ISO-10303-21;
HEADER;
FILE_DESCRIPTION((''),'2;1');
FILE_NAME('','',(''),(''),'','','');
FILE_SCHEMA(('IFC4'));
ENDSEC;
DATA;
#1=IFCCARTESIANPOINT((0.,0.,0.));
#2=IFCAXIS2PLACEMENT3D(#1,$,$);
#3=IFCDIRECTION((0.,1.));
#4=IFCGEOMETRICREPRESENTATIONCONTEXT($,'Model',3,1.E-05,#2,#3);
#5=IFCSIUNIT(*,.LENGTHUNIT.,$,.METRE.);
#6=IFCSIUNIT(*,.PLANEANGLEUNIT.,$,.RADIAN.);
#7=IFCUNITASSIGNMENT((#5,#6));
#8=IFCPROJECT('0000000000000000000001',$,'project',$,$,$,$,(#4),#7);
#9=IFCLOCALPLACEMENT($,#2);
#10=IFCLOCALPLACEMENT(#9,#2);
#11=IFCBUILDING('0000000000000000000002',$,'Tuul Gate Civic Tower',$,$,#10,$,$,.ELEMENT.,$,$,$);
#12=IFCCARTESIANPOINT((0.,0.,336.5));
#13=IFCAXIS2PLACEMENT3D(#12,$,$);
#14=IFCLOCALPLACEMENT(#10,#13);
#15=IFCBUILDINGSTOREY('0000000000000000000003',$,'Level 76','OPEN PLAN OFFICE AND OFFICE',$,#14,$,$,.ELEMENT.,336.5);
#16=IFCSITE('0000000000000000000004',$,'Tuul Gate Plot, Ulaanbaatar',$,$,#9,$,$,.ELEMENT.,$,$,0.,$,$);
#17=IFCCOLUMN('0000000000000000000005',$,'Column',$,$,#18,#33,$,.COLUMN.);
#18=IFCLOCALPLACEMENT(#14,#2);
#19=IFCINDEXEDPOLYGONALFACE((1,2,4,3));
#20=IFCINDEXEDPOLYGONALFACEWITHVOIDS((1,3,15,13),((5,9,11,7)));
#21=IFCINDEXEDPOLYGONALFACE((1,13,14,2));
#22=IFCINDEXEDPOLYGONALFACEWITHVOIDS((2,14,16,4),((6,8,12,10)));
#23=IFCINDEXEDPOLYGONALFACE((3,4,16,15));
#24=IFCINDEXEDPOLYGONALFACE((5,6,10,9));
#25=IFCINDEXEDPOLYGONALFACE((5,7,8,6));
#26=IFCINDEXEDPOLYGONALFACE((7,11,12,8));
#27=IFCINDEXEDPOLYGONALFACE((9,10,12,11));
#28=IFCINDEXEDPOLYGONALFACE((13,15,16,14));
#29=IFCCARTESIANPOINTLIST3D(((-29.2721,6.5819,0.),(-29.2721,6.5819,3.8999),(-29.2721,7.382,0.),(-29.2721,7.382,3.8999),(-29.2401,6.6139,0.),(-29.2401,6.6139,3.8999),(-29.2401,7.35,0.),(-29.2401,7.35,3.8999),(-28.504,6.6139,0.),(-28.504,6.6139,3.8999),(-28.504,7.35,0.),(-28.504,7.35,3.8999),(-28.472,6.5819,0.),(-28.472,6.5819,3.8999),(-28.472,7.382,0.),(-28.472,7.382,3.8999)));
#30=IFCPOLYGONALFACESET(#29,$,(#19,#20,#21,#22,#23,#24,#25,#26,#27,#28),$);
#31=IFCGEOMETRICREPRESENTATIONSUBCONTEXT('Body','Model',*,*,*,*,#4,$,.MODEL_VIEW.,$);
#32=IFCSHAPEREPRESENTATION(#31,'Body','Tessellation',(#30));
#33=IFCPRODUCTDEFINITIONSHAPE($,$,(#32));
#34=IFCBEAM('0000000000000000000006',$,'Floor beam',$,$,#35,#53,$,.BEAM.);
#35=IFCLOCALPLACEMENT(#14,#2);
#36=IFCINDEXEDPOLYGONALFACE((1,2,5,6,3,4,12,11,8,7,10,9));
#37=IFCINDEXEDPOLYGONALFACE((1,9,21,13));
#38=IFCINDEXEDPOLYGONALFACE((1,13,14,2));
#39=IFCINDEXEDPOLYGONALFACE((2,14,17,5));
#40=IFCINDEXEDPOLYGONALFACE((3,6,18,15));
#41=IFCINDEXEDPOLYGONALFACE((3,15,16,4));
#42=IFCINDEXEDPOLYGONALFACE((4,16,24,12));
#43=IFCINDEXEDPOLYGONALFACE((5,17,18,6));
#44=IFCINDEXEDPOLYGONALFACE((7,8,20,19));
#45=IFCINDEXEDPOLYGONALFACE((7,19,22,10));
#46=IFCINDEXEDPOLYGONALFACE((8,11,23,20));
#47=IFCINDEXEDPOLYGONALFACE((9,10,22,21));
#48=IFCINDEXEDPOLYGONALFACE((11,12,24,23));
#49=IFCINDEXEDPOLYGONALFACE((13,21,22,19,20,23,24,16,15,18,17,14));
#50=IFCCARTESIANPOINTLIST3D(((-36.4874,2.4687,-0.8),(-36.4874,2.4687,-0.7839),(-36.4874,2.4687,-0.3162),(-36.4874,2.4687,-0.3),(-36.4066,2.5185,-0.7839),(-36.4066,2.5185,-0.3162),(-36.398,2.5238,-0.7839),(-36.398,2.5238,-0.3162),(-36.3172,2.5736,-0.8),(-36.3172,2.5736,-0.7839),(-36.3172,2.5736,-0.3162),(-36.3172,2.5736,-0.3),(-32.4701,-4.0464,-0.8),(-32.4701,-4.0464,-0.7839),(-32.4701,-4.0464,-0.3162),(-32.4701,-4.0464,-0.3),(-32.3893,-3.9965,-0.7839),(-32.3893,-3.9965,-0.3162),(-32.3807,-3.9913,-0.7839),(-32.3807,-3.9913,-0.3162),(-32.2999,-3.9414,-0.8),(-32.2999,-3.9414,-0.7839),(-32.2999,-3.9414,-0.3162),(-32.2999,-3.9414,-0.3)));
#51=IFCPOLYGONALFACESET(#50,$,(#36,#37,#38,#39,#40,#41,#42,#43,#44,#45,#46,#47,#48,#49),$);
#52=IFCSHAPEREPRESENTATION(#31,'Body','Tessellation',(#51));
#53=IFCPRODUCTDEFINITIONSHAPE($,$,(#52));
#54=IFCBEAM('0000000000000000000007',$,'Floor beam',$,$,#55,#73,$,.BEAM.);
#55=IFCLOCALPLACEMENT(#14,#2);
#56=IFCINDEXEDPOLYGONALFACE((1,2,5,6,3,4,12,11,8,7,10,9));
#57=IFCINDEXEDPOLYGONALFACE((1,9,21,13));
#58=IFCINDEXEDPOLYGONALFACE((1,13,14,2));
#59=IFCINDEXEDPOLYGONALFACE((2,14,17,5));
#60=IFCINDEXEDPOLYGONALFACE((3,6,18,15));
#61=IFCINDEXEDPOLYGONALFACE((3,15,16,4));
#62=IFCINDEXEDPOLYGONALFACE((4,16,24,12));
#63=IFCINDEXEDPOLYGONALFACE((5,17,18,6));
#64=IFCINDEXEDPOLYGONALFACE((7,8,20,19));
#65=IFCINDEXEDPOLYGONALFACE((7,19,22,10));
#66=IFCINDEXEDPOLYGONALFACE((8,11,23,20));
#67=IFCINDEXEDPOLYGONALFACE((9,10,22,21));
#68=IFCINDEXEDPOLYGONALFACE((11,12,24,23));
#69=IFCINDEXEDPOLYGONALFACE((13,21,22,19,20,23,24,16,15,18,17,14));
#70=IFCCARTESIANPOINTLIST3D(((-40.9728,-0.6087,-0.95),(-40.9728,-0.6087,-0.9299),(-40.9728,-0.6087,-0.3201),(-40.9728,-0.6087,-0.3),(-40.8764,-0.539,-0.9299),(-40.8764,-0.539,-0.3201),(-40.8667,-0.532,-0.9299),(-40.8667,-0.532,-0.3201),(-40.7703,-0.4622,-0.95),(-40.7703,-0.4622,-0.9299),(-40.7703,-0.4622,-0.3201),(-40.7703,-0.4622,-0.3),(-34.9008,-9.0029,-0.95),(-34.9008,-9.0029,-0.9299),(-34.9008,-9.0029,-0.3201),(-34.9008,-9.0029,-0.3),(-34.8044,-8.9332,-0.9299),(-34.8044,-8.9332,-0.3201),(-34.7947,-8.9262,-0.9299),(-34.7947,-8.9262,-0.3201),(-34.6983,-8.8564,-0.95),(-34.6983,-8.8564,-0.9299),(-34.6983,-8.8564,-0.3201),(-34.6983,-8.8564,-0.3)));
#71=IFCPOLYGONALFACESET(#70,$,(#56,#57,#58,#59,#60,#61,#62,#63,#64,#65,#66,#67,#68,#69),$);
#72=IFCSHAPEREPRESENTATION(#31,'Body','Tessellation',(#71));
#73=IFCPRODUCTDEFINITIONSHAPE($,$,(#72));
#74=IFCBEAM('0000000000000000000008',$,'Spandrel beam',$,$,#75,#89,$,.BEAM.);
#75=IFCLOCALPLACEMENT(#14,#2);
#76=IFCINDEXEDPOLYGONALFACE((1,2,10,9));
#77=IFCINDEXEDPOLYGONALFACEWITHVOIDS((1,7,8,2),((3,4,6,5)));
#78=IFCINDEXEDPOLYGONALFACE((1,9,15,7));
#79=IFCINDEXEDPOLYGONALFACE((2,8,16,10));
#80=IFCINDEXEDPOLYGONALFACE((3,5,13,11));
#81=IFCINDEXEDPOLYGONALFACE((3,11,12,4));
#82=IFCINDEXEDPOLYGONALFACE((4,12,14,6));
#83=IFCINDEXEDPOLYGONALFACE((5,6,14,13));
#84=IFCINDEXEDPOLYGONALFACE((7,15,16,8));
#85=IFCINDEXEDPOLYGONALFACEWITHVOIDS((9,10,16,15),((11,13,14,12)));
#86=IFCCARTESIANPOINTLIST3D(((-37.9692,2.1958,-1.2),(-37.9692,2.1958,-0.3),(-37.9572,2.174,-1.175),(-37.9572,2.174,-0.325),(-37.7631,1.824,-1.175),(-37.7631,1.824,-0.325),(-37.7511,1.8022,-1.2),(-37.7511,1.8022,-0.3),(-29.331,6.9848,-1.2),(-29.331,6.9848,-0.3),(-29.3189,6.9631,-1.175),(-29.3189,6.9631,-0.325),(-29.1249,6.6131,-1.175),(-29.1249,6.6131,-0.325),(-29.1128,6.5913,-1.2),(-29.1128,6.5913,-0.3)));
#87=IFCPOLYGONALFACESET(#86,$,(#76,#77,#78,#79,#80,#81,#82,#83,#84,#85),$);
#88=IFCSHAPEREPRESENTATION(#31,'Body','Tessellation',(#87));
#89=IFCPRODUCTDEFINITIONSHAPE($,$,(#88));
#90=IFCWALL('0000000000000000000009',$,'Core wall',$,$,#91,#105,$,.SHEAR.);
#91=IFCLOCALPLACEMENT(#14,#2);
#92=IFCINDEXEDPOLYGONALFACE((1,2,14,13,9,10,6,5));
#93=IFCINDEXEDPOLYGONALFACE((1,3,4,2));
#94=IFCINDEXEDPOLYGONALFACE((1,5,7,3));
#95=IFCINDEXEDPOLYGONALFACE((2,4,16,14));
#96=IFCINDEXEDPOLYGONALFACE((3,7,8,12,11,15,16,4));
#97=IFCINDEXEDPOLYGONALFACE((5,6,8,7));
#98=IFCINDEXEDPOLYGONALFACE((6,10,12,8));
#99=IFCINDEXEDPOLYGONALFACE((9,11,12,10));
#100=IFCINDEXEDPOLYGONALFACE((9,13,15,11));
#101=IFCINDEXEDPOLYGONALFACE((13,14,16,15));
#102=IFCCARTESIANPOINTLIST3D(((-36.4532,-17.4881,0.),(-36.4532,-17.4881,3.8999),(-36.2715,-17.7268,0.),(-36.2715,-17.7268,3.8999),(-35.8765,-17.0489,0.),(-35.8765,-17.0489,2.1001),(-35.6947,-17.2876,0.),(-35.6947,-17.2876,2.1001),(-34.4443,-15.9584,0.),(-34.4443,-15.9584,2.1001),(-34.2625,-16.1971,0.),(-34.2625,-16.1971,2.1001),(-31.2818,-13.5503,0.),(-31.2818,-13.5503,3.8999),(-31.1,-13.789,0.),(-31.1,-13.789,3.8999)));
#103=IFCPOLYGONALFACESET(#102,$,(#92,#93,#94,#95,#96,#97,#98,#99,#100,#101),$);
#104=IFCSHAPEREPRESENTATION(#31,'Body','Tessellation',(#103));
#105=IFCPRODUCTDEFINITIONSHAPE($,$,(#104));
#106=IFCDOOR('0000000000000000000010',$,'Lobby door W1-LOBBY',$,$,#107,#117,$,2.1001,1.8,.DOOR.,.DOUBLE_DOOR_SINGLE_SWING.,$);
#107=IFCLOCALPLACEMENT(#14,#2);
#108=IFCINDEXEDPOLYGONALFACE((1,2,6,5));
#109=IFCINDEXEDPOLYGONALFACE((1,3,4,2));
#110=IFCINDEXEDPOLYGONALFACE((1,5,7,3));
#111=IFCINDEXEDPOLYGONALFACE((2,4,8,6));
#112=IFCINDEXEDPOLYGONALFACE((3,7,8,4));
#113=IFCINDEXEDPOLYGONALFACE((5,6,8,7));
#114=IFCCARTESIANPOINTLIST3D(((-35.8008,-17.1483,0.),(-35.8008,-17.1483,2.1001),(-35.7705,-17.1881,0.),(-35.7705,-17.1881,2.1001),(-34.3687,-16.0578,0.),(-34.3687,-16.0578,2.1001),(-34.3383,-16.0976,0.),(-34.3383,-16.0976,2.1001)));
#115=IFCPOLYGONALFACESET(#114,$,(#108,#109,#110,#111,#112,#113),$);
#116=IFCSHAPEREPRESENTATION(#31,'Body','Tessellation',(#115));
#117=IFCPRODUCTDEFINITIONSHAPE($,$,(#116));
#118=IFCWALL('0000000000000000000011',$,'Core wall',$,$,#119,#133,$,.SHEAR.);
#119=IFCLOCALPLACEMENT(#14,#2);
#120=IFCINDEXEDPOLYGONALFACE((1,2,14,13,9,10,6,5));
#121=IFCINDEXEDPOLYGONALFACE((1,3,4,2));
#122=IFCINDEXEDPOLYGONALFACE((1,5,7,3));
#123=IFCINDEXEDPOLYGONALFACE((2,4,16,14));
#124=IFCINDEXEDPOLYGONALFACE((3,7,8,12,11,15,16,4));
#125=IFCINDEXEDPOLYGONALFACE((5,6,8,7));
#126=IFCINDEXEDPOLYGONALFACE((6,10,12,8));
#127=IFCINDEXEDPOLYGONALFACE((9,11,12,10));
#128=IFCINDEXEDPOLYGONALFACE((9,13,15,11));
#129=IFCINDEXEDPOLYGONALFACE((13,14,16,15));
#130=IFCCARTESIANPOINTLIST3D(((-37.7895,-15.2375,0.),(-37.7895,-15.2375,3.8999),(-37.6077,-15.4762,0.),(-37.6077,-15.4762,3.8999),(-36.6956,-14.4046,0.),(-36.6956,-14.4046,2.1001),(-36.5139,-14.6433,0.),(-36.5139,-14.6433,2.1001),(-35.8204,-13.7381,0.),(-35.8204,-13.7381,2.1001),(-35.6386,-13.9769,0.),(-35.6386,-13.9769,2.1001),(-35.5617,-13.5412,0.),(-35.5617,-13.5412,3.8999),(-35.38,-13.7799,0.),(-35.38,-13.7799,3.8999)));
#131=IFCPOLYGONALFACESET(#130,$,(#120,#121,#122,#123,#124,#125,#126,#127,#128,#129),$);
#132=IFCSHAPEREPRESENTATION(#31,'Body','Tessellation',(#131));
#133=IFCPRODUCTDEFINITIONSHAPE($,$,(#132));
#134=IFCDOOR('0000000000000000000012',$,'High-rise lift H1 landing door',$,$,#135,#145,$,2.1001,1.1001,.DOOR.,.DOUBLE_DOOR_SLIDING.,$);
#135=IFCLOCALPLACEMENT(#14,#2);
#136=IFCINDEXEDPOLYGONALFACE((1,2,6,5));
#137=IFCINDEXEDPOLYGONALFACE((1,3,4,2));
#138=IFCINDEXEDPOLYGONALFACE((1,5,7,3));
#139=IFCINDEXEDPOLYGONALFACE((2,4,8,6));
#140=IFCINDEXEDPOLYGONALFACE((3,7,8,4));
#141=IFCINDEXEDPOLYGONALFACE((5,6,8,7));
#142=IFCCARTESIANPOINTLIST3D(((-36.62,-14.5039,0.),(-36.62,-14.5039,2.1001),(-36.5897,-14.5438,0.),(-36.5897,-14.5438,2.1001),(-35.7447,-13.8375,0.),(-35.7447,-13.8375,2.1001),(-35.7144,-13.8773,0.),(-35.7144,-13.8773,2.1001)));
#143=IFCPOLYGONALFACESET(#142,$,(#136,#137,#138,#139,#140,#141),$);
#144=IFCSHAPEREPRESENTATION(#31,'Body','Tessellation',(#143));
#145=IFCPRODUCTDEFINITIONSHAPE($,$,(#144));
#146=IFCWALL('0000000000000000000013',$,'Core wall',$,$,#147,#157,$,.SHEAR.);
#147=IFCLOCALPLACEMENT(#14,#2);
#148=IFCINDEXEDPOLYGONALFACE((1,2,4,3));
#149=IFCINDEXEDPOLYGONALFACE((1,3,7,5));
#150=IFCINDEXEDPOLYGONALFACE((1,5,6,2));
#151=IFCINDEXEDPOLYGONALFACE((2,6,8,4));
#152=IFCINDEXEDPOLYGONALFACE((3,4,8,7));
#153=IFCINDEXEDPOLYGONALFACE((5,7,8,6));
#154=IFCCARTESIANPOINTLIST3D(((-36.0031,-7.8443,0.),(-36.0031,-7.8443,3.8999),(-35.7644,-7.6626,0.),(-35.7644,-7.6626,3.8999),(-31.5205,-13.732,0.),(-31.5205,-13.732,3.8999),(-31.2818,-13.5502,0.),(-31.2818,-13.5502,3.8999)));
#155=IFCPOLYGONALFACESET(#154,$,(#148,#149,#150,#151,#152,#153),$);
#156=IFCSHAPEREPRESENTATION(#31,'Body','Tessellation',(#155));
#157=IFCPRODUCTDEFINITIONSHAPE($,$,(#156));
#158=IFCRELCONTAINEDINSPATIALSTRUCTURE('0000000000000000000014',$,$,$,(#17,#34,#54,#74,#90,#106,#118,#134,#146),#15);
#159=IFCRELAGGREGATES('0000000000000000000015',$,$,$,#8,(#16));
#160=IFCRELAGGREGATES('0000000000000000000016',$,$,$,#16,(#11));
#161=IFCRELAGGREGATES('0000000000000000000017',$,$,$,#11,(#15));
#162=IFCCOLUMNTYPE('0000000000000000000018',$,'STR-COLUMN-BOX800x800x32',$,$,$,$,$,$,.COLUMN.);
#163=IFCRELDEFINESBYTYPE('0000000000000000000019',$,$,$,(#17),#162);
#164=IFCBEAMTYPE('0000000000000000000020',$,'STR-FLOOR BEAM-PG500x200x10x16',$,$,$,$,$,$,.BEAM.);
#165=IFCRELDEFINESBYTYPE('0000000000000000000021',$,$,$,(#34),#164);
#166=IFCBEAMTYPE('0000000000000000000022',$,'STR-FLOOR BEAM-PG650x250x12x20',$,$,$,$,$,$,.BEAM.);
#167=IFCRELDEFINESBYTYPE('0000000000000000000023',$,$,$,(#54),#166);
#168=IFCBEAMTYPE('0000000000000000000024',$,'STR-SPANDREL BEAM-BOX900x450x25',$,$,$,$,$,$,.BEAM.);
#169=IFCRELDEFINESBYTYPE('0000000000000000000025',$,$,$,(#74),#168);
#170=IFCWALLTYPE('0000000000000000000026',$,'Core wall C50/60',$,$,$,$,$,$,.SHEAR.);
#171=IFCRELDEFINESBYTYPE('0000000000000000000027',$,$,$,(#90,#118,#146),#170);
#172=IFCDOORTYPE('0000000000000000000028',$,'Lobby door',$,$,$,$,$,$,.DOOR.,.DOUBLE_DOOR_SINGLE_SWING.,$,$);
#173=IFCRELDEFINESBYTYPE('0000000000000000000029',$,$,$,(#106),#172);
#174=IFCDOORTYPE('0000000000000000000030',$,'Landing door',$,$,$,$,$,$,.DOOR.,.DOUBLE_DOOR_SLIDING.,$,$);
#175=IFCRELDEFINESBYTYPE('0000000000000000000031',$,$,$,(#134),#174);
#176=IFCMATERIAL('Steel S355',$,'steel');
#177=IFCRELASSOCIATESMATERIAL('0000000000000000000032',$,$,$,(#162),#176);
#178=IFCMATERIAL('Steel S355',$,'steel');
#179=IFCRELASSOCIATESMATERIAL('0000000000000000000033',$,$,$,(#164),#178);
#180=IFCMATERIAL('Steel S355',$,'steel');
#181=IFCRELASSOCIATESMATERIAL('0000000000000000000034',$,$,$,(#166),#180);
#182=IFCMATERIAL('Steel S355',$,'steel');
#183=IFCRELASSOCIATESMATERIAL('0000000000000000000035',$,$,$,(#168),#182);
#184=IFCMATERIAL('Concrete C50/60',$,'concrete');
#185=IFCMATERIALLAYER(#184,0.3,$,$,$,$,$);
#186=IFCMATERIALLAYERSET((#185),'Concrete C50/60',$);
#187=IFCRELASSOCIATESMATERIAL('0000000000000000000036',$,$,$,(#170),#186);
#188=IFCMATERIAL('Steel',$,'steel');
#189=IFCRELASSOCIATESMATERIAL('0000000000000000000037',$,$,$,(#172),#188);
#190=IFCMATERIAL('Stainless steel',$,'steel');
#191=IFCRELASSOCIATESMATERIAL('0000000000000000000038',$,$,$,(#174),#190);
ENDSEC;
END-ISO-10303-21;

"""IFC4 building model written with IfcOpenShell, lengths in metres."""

from ifc_helpers import new_model, si_unit, direction, frame, frame_2d, origin, origin_2d, place, context, subcontext, project, spatial, rectangle, hollow_rectangle, i_section, extrude, material, layer, layer_set, material_profile, profile_set, type_object, element, fill, save


model = new_model("IFC4")

# Units and contexts
model_context = context("Model", 3, precision=1e-05, world=origin(), true_north=direction((0.0, 1.0)))
body_context = subcontext(model_context, "Body", "Model", "MODEL_VIEW")
ifc_project = project(units=[si_unit("LENGTHUNIT", "METRE"), si_unit("PLANEANGLEUNIT", "RADIAN")], contexts=[model_context])

# Site, building, storey
site_placement = place(None, origin())
site = spatial("IfcSite", under=ifc_project, at=site_placement, Name="Tuul Gate Plot, Ulaanbaatar", CompositionType="ELEMENT", RefElevation=0.0)
building_placement = place(site_placement, origin())
building = spatial("IfcBuilding", under=site, at=building_placement, Name="Tuul Gate Civic Tower", CompositionType="ELEMENT")
storey_placement = place(building_placement, frame((0.0, 0.0, 336.5)))
storey = spatial("IfcBuildingStorey", under=building, at=storey_placement, Name="Level 76", Description="OPEN PLAN OFFICE AND OFFICE", CompositionType="ELEMENT", Elevation=336.5)

# Column
ifc_material_1 = material(Name="Steel S355", Category="steel")
ifc_material_profile_1 = material_profile(ifc_material_1, hollow_rectangle(XDim=0.8, YDim=0.8, WallThickness=0.032, at=origin_2d()), Name="BOX800x800x32")
ifc_profile_set_1 = profile_set([ifc_material_profile_1], Name="Steel S355")
column_type = type_object("IfcColumnType", Name="STR-COLUMN-BOX800x800x32", PredefinedType="COLUMN", material=ifc_profile_set_1)
column_placement = place(storey_placement, frame((-28.8721, 6.9819, 0.0), z_axis=(0.0, 0.0, 1.0), x_axis=(1.0, 0.0, 0.0)))
element("IfcColumn", 1, at=column_placement, inside=storey, type_object=column_type, Name="Column", PredefinedType="COLUMN", context=body_context, shape_type="SweptSolid", body=[
    extrude(hollow_rectangle(XDim=0.8, YDim=0.8, WallThickness=0.032, at=origin_2d()), origin(), (0.0, 0.0, 1.0), 3.8999),
])

# Beams
ifc_material_2 = material(Name="Steel S355", Category="steel")
ifc_material_profile_2 = material_profile(ifc_material_2, i_section(OverallWidth=0.2, OverallDepth=0.5, WebThickness=0.01, FlangeThickness=0.0161, at=origin_2d()), Name="PG500x200x10x16")
ifc_profile_set_2 = profile_set([ifc_material_profile_2], Name="Steel S355")
beam_type_1 = type_object("IfcBeamType", Name="STR-FLOOR BEAM-PG500x200x10x16", PredefinedType="BEAM", material=ifc_profile_set_2)
beam_1_placement = place(storey_placement, frame((-32.385, -3.9939, -0.55), z_axis=(-0.524857, 0.85119, 0.0), x_axis=(-0.85119, -0.524857, 0.0)))
element("IfcBeam", 2, at=beam_1_placement, inside=storey, type_object=beam_type_1, Name="Floor beam", PredefinedType="BEAM", context=body_context, shape_type="SweptSolid", body=[
    extrude(i_section(OverallWidth=0.2, OverallDepth=0.5, WebThickness=0.01, FlangeThickness=0.0161, at=origin_2d()), origin(), (0.0, 0.0, 1.0), 7.6541),
])
ifc_material_3 = material(Name="Steel S355", Category="steel")
ifc_material_profile_3 = material_profile(ifc_material_3, i_section(OverallWidth=0.25, OverallDepth=0.6499, WebThickness=0.012, FlangeThickness=0.02, at=origin_2d()), Name="PG650x250x12x20")
ifc_profile_set_3 = profile_set([ifc_material_profile_3], Name="Steel S355")
beam_type_2 = type_object("IfcBeamType", Name="STR-FLOOR BEAM-PG650x250x12x20", PredefinedType="BEAM", material=ifc_profile_set_3)
beam_2_placement = place(storey_placement, frame((-34.7996, -8.9297, -0.625), z_axis=(-0.586092, 0.810245, 0.0), x_axis=(-0.810245, -0.586092, 0.0)))
element("IfcBeam", 3, at=beam_2_placement, inside=storey, type_object=beam_type_2, Name="Floor beam", PredefinedType="BEAM", context=body_context, shape_type="SweptSolid", body=[
    extrude(i_section(OverallWidth=0.25, OverallDepth=0.6499, WebThickness=0.012, FlangeThickness=0.02, at=origin_2d()), origin(), (0.0, 0.0, 1.0), 10.3601),
])
ifc_material_4 = material(Name="Steel S355", Category="steel")
ifc_material_profile_4 = material_profile(ifc_material_4, hollow_rectangle(XDim=0.45, YDim=0.8999, WallThickness=0.0249, at=origin_2d()), Name="BOX900x450x25")
ifc_profile_set_4 = profile_set([ifc_material_profile_4], Name="Steel S355")
beam_type_3 = type_object("IfcBeamType", Name="STR-SPANDREL BEAM-BOX900x450x25", PredefinedType="BEAM", material=ifc_profile_set_4)
beam_3_placement = place(storey_placement, frame((-29.2219, 6.7881, -0.75), z_axis=(-0.874584, -0.484875, 0.0), x_axis=(0.484875, -0.874584, 0.0)))
element("IfcBeam", 4, at=beam_3_placement, inside=storey, type_object=beam_type_3, Name="Spandrel beam", PredefinedType="BEAM", context=body_context, shape_type="SweptSolid", body=[
    extrude(hollow_rectangle(XDim=0.45, YDim=0.8999, WallThickness=0.0249, at=origin_2d()), origin(), (0.0, 0.0, 1.0), 9.877),
])

# Walls, openings, doors
ifc_material_5 = material(Name="Concrete C50/60", Category="concrete")
ifc_layer_1 = layer(ifc_material_5, 0.3)
ifc_layer_set_1 = layer_set([ifc_layer_1], Name="Concrete C50/60")
wall_type_1 = type_object("IfcWallType", Name="Core wall C50/60", PredefinedType="SHEAR", material=ifc_layer_set_1)
wall_1_placement = place(storey_placement, frame((-31.1909, -13.6697, 0.0), z_axis=(0.0, 0.0, 1.0), x_axis=(-0.795607, -0.605813, 0.0)))
wall_1 = element("IfcWall", 5, at=wall_1_placement, inside=storey, type_object=wall_type_1, Name="Core wall", PredefinedType="SHEAR", context=body_context, shape_type="SweptSolid", body=[
    extrude(rectangle(XDim=6.5, YDim=0.3, at=frame_2d((3.25, 0.0))), origin(), (0.0, 0.0, 1.0), 3.8999),
])
opening_1_placement = place(wall_1_placement, frame((3.9751, 0.0, 0.0)))
opening_1 = element("IfcOpeningElement", 6, at=opening_1_placement, cuts=wall_1, PredefinedType="OPENING", context=body_context, shape_type="SweptSolid", body=[
    extrude(rectangle(XDim=1.8, YDim=2.1001, at=frame_2d((0.8999, 1.05))), frame((0.0, 0.1602, 0.0), z_axis=(0.0, -1.0, 0.0), x_axis=(1.0, 0.0, 0.0)), (0.0, 0.0, 1.0), 0.3201),
])
ifc_material_6 = material(Name="Steel", Category="steel")
door_type_1 = type_object("IfcDoorType", Name="Lobby door", OperationType="DOUBLE_DOOR_SINGLE_SWING", PredefinedType="DOOR", material=ifc_material_6)
door_1_placement = place(opening_1_placement, origin())
door_1 = element("IfcDoor", 7, at=door_1_placement, inside=storey, type_object=door_type_1, Name="Lobby door W1-LOBBY", OperationType="DOUBLE_DOOR_SINGLE_SWING", OverallHeight=2.1001, OverallWidth=1.8, PredefinedType="DOOR", context=body_context, shape_type="SweptSolid", body=[
    extrude(rectangle(XDim=1.8, YDim=2.1001, at=frame_2d((0.8999, 1.05))), frame((0.0, 0.0249, 0.0), z_axis=(0.0, -1.0, 0.0), x_axis=(1.0, 0.0, 0.0)), (0.0, 0.0, 1.0), 0.05),
])
fill(opening_1, door_1)
wall_2_placement = place(storey_placement, frame((-35.4709, -13.6606, 0.0), z_axis=(0.0, 0.0, 1.0), x_axis=(-0.795616, -0.605802, 0.0)))
wall_2 = element("IfcWall", 8, at=wall_2_placement, inside=storey, type_object=wall_type_1, Name="Core wall", PredefinedType="SHEAR", context=body_context, shape_type="SweptSolid", body=[
    extrude(rectangle(XDim=2.8, YDim=0.3, at=frame_2d((1.3999, 0.0))), origin(), (0.0, 0.0, 1.0), 3.8999),
])
opening_2_placement = place(wall_2_placement, frame((0.325, 0.0, 0.0)))
opening_2 = element("IfcOpeningElement", 9, at=opening_2_placement, cuts=wall_2, PredefinedType="OPENING", context=body_context, shape_type="SweptSolid", body=[
    extrude(rectangle(XDim=1.1001, YDim=2.1001, at=frame_2d((0.55, 1.05))), frame((0.0, 0.1602, 0.0), z_axis=(0.0, -1.0, 0.0), x_axis=(1.0, 0.0, 0.0)), (0.0, 0.0, 1.0), 0.3201),
])
ifc_material_7 = material(Name="Stainless steel", Category="steel")
door_type_2 = type_object("IfcDoorType", Name="Landing door", OperationType="DOUBLE_DOOR_SLIDING", PredefinedType="DOOR", material=ifc_material_7)
door_2_placement = place(opening_2_placement, origin())
door_2 = element("IfcDoor", 10, at=door_2_placement, inside=storey, type_object=door_type_2, Name="High-rise lift H1 landing door", OperationType="DOUBLE_DOOR_SLIDING", OverallHeight=2.1001, OverallWidth=1.1001, PredefinedType="DOOR", context=body_context, shape_type="SweptSolid", body=[
    extrude(rectangle(XDim=1.1001, YDim=2.1001, at=frame_2d((0.55, 1.05))), frame((0.0, 0.0249, 0.0), z_axis=(0.0, -1.0, 0.0), x_axis=(1.0, 0.0, 0.0)), (0.0, 0.0, 1.0), 0.05),
])
fill(opening_2, door_2)

# Wall
wall_3_placement = place(storey_placement, frame((-31.4011, -13.6411, 0.0), z_axis=(0.0, 0.0, 1.0), x_axis=(-0.60577, 0.79564, 0.0)))
element("IfcWall", 11, at=wall_3_placement, inside=storey, type_object=wall_type_1, Name="Core wall", PredefinedType="SHEAR", context=body_context, shape_type="SweptSolid", body=[
    extrude(rectangle(XDim=7.3999, YDim=0.3, at=frame_2d((3.7, 0.0))), origin(), (0.0, 0.0, 1.0), 3.8999),
])

save(model, "model.ifc")
